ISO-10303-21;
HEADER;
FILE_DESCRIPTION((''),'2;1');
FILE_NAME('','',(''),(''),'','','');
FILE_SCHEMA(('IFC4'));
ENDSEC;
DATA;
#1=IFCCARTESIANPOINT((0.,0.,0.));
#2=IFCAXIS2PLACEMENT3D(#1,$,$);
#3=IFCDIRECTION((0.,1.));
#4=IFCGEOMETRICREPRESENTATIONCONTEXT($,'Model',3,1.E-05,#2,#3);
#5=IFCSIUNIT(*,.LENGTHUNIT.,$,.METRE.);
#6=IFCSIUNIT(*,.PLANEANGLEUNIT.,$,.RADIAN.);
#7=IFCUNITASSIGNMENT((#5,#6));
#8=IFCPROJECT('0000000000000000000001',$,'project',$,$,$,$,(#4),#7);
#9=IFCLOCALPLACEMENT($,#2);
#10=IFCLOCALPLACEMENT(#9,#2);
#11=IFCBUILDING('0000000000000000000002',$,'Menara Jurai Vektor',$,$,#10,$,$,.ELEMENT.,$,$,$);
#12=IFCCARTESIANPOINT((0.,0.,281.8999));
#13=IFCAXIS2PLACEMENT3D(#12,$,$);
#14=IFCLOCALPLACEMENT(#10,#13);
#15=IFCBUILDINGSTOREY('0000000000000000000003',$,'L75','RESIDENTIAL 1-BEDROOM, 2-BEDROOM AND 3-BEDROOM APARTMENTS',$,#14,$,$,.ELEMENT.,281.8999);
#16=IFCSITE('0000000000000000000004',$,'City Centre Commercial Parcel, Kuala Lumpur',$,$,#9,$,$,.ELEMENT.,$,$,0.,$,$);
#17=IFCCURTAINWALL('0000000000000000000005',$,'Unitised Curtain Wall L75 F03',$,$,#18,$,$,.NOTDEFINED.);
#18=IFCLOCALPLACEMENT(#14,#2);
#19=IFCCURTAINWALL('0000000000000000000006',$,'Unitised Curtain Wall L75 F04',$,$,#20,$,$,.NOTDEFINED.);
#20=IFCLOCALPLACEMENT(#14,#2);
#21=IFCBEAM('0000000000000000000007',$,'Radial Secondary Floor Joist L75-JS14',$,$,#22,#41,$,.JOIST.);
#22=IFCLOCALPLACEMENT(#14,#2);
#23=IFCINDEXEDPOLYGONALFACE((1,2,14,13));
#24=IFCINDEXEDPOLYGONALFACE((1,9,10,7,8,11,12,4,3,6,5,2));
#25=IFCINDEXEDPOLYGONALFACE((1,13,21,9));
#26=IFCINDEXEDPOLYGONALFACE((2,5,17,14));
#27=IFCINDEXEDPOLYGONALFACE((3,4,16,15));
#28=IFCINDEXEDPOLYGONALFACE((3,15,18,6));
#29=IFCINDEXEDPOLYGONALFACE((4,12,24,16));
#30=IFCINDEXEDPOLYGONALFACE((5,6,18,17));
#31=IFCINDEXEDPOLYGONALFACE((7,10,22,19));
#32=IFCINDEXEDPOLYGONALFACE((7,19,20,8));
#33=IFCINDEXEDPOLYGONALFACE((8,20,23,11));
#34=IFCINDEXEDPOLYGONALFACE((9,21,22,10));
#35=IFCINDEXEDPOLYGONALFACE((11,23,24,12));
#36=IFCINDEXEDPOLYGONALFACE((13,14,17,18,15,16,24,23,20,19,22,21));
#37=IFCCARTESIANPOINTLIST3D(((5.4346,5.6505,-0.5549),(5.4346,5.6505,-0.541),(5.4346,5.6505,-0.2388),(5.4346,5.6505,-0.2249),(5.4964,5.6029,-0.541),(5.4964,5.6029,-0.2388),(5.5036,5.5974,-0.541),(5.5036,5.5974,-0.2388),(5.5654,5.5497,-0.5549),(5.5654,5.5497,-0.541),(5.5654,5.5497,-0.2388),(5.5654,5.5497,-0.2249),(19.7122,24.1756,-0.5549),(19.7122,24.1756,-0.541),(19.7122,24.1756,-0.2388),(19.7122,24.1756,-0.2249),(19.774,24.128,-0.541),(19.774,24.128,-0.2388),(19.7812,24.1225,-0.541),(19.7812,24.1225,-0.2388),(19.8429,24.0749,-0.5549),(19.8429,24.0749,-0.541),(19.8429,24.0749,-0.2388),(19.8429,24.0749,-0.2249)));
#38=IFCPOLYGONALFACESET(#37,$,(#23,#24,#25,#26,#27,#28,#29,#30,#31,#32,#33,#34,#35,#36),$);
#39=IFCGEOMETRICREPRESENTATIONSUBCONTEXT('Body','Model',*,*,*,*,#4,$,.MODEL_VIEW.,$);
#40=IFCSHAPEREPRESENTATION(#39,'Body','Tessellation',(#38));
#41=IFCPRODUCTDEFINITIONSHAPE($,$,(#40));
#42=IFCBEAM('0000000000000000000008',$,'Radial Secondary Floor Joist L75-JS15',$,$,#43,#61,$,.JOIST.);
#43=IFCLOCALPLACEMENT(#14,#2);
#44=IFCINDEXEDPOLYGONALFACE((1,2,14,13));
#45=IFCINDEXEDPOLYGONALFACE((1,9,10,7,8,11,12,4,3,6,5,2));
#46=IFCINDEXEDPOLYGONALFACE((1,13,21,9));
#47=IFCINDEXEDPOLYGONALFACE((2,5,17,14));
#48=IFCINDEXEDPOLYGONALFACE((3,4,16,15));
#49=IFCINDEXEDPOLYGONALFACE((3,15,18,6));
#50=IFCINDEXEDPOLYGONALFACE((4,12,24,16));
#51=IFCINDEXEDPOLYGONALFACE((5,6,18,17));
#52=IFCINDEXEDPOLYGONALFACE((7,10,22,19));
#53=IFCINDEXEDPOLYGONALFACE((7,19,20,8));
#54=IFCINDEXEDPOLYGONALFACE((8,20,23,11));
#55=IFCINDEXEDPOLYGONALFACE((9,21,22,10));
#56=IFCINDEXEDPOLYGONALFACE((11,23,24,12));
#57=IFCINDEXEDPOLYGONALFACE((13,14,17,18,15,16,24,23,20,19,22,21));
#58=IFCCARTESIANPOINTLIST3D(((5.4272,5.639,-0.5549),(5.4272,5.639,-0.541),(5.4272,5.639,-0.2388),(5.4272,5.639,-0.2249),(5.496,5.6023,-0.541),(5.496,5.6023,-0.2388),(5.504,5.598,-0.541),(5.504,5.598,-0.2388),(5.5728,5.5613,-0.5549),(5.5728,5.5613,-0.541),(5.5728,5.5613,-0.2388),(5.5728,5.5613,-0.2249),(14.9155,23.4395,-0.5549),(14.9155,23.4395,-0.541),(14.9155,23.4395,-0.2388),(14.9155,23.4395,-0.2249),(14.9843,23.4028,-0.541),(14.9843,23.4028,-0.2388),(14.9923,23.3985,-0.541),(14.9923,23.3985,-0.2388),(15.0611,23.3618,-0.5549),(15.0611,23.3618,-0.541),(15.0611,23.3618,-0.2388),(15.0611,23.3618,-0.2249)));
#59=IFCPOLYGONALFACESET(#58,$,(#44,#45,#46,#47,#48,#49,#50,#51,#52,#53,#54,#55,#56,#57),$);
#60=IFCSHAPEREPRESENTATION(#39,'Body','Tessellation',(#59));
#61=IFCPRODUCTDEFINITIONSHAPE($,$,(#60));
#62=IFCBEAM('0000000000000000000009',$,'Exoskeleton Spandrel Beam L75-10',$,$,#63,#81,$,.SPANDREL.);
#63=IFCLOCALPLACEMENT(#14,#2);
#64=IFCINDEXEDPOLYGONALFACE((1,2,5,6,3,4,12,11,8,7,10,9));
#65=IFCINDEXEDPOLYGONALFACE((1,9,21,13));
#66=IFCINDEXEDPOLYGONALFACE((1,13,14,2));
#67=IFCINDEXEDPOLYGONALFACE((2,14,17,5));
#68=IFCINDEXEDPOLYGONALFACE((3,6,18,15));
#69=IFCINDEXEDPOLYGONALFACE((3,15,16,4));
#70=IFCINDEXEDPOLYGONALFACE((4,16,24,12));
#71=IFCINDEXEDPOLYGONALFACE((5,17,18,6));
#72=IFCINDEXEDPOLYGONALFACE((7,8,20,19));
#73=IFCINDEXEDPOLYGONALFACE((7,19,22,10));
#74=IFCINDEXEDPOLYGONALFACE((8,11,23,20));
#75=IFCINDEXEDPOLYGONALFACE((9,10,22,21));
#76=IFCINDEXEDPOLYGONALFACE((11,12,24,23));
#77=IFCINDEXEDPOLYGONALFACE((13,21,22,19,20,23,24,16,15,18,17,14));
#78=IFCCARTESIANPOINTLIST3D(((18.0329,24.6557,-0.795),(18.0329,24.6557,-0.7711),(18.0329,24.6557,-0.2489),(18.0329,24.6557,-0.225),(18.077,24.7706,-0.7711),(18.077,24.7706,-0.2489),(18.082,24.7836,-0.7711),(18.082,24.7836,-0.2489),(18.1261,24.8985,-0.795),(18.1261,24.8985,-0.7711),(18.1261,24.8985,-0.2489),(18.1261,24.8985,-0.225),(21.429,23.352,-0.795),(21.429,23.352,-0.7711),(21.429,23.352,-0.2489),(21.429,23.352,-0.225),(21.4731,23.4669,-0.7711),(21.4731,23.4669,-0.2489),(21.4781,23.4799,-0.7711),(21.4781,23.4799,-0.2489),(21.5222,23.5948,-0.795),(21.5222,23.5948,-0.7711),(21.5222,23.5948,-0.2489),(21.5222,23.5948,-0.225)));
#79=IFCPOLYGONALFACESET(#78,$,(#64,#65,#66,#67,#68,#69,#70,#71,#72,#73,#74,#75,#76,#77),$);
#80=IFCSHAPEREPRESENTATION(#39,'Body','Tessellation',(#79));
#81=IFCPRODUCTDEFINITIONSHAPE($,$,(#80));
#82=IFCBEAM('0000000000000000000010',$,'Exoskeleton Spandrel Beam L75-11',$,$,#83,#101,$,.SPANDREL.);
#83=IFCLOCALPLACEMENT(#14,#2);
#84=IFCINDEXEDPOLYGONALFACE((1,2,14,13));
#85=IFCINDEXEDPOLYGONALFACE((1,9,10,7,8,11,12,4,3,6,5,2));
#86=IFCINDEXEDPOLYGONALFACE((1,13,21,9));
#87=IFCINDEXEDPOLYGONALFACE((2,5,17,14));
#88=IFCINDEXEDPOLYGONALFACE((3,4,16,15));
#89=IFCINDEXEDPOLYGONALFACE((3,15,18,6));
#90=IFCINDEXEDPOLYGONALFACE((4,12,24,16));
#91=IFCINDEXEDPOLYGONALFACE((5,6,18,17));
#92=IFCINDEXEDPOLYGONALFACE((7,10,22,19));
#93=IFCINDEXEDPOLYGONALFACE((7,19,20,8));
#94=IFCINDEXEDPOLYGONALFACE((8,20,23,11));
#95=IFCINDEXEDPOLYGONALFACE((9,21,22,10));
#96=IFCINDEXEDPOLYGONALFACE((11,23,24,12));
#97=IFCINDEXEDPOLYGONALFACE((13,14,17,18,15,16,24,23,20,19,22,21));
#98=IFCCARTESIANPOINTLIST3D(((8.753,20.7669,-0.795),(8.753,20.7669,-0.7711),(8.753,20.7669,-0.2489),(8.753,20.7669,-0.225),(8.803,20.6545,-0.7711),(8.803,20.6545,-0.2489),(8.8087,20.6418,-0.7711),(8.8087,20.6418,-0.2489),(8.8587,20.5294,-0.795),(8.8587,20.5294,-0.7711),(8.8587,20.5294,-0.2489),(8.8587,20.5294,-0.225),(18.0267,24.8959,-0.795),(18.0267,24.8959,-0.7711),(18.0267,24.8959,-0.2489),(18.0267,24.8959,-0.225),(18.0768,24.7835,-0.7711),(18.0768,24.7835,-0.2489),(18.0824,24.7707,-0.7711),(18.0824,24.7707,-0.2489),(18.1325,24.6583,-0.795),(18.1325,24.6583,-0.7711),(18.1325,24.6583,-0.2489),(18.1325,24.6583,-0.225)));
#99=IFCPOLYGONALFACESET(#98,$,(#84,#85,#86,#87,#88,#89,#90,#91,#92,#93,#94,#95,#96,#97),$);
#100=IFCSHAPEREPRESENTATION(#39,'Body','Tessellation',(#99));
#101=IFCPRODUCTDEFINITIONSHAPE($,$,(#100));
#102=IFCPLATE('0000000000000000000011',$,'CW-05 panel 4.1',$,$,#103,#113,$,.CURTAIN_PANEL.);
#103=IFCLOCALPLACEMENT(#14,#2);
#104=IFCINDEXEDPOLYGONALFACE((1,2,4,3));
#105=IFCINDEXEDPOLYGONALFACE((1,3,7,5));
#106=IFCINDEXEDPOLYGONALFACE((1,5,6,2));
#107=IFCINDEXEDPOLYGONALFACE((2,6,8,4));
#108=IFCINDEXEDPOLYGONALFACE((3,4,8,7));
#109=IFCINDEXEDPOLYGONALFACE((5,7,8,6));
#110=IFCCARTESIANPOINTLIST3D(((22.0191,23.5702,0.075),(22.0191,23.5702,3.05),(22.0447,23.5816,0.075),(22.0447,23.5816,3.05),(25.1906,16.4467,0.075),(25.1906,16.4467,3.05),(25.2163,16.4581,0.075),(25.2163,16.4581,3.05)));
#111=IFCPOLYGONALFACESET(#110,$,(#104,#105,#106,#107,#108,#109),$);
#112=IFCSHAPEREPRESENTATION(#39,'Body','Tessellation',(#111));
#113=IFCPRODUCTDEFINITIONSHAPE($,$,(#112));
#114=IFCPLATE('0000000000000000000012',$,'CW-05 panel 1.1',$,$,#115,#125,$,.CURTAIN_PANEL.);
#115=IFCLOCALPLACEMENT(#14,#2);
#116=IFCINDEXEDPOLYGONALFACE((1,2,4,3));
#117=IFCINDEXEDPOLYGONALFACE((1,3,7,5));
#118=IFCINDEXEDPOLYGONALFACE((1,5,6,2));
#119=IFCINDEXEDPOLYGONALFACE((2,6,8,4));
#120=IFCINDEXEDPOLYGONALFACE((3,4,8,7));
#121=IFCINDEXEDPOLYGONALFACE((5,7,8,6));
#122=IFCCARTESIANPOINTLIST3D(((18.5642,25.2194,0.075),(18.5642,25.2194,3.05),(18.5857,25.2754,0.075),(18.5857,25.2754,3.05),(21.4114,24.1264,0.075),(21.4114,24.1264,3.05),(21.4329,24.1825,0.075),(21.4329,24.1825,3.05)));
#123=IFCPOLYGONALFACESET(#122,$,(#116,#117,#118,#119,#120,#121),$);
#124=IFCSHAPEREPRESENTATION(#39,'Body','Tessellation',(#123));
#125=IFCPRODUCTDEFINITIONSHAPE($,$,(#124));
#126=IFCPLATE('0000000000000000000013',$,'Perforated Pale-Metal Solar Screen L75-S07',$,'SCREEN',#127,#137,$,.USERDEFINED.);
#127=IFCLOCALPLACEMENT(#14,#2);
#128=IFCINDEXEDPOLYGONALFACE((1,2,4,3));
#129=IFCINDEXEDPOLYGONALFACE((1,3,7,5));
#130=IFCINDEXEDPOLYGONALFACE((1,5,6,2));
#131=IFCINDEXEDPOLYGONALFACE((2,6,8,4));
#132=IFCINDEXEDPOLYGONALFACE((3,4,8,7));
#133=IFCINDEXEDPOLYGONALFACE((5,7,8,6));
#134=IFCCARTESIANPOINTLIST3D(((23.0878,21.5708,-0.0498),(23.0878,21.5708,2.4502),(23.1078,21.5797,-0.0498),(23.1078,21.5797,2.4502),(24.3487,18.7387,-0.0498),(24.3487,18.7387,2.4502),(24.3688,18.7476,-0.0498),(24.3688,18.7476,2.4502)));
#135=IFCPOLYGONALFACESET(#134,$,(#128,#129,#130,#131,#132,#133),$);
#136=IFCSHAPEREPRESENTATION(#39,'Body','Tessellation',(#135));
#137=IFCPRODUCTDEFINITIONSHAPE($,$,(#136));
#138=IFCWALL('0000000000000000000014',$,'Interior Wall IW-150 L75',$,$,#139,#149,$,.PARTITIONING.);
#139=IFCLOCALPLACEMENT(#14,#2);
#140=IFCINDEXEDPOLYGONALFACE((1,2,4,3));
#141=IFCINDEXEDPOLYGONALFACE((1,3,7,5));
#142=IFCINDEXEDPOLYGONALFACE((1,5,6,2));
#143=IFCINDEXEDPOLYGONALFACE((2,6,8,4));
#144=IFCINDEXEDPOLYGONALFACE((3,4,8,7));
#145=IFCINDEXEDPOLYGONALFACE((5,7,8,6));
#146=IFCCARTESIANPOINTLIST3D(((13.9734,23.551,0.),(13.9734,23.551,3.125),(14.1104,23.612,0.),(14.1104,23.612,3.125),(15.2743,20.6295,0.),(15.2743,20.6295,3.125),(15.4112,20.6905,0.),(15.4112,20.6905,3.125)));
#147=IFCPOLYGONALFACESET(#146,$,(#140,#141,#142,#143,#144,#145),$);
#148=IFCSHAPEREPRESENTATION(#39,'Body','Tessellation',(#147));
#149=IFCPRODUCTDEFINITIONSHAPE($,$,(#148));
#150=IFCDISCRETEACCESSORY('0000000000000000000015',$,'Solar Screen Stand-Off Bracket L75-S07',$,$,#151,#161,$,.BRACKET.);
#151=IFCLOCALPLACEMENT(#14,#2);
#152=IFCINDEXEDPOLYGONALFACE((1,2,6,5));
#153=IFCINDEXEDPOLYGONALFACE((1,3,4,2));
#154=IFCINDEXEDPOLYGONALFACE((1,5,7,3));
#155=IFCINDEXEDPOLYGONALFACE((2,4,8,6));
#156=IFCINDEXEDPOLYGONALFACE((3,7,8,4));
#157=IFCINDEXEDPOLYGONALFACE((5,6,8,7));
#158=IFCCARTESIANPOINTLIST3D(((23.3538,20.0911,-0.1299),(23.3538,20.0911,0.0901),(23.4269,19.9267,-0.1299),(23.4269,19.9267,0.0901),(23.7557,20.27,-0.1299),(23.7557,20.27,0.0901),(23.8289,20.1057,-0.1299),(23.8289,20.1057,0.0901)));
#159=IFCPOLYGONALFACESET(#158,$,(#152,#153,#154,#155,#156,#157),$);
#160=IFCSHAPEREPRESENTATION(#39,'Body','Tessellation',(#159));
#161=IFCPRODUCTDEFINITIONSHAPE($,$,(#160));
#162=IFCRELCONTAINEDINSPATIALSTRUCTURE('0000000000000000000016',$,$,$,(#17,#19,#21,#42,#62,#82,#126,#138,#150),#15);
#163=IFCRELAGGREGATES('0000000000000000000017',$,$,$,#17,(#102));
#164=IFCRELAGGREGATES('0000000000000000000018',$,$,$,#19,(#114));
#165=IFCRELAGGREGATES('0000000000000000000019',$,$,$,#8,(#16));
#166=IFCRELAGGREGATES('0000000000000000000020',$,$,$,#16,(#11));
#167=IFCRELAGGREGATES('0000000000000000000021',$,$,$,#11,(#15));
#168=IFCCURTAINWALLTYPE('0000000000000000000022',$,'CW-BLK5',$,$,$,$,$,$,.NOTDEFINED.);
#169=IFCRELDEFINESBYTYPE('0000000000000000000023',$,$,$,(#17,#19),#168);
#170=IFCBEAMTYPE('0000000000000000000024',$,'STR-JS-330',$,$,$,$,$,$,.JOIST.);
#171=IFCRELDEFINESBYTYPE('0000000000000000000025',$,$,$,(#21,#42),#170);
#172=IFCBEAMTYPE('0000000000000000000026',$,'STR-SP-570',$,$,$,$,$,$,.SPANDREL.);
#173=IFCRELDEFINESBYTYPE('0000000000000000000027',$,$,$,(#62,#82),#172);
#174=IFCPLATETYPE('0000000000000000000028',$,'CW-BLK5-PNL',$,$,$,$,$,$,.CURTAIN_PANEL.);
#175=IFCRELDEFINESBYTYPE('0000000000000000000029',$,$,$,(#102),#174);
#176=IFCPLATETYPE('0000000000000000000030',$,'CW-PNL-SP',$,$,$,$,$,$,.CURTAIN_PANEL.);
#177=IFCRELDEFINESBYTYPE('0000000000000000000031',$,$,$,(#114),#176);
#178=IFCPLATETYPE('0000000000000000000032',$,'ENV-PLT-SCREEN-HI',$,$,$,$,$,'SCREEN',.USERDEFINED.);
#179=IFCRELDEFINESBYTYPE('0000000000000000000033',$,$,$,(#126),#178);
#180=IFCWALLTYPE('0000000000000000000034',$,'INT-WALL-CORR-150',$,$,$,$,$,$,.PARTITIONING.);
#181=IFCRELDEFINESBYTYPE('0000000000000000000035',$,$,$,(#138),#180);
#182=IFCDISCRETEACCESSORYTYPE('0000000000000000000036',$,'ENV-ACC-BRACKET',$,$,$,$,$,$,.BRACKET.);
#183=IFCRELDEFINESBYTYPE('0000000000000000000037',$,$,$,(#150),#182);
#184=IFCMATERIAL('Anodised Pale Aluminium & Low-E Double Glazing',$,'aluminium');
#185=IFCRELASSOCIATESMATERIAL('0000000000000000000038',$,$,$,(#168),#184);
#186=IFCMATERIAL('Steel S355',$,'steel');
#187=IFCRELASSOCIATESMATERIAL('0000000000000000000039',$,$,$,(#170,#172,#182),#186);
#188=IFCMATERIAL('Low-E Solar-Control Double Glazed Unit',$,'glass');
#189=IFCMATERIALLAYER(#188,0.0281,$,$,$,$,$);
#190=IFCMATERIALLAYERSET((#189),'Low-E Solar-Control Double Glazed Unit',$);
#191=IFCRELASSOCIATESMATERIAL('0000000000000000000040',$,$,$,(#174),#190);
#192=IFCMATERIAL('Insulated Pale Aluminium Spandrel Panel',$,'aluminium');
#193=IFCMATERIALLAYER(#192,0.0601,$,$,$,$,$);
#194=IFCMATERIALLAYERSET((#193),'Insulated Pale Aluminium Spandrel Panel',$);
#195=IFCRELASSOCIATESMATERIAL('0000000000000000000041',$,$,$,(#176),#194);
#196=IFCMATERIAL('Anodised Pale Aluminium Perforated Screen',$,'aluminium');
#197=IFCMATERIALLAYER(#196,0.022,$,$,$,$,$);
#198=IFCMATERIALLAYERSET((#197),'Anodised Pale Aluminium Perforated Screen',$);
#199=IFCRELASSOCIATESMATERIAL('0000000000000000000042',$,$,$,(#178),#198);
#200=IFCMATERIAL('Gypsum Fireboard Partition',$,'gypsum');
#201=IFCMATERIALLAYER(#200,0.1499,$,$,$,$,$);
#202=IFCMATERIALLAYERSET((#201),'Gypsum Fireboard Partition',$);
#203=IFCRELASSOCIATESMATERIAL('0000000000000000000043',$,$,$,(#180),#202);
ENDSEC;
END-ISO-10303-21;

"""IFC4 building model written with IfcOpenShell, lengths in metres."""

from ifc_helpers import new_model, si_unit, direction, frame, frame_2d, origin, origin_2d, place, context, subcontext, project, spatial, rectangle, i_section, extrude, material, layer, layer_set, material_profile, profile_set, type_object, element, aggregate, save


model = new_model("IFC4")

# Units and contexts
model_context = context("Model", 3, precision=1e-05, world=origin(), true_north=direction((0.0, 1.0)))
body_context = subcontext(model_context, "Body", "Model", "MODEL_VIEW")
ifc_project = project(units=[si_unit("LENGTHUNIT", "METRE"), si_unit("PLANEANGLEUNIT", "RADIAN")], contexts=[model_context])

# Site, building, storey
site_placement = place(None, origin())
site = spatial("IfcSite", under=ifc_project, at=site_placement, Name="City Centre Commercial Parcel, Kuala Lumpur", CompositionType="ELEMENT", RefElevation=0.0)
building_placement = place(site_placement, origin())
building = spatial("IfcBuilding", under=site, at=building_placement, Name="Menara Jurai Vektor", CompositionType="ELEMENT")
storey_placement = place(building_placement, frame((0.0, 0.0, 281.8999)))
storey = spatial("IfcBuildingStorey", under=building, at=storey_placement, Name="L75", Description="RESIDENTIAL 1-BEDROOM, 2-BEDROOM AND 3-BEDROOM APARTMENTS", CompositionType="ELEMENT", Elevation=281.8999)

# Curtain walls
ifc_material_1 = material(Name="Anodised Pale Aluminium & Low-E Double Glazing", Category="aluminium")
curtain_wall_type = type_object("IfcCurtainWallType", Name="CW-BLK5", PredefinedType="NOTDEFINED", material=ifc_material_1)
curtain_wall_1_placement = place(storey_placement, origin())
curtain_wall_1 = element("IfcCurtainWall", 1, at=curtain_wall_1_placement, inside=storey, type_object=curtain_wall_type, Name="Unitised Curtain Wall L75 F03", PredefinedType="NOTDEFINED")
curtain_wall_2_placement = place(storey_placement, origin())
curtain_wall_2 = element("IfcCurtainWall", 2, at=curtain_wall_2_placement, inside=storey, type_object=curtain_wall_type, Name="Unitised Curtain Wall L75 F04", PredefinedType="NOTDEFINED")

# Shared definitions
ifc_material_2 = material(Name="Steel S355", Category="steel")

# Beams
ifc_material_profile_1 = material_profile(ifc_material_2, i_section(OverallWidth=0.165, OverallDepth=0.3301, WebThickness=0.009, FlangeThickness=0.0139, at=origin_2d()), Name="PG 330x165x46")
ifc_profile_set_1 = profile_set([ifc_material_profile_1], Name="Steel S355")
beam_type_1 = type_object("IfcBeamType", Name="STR-JS-330", PredefinedType="JOIST", material=ifc_profile_set_1)
beam_1_placement = place(storey_placement, frame((19.7776, 24.1252, -0.3899), z_axis=(-0.610449, -0.792056, 0.0), x_axis=(0.792056, -0.610449, 0.0)))
element("IfcBeam", 3, at=beam_1_placement, inside=storey, type_object=beam_type_1, Name="Radial Secondary Floor Joist L75-JS14", PredefinedType="JOIST", context=body_context, shape_type="SweptSolid", body=[
    extrude(i_section(OverallWidth=0.165, OverallDepth=0.3301, WebThickness=0.009, FlangeThickness=0.0139, at=origin_2d()), origin(), (0.0, 0.0, 1.0), 23.3887),
])
beam_2_placement = place(storey_placement, frame((14.9883, 23.4006, -0.3899), z_axis=(-0.470382, -0.882463, 0.0), x_axis=(0.882463, -0.470382, 0.0)))
element("IfcBeam", 4, at=beam_2_placement, inside=storey, type_object=beam_type_1, Name="Radial Secondary Floor Joist L75-JS15", PredefinedType="JOIST", context=body_context, shape_type="SweptSolid", body=[
    extrude(i_section(OverallWidth=0.165, OverallDepth=0.3301, WebThickness=0.009, FlangeThickness=0.0139, at=origin_2d()), origin(), (0.0, 0.0, 1.0), 20.1714),
])
ifc_material_profile_2 = material_profile(ifc_material_2, i_section(OverallWidth=0.26, OverallDepth=0.5701, WebThickness=0.0139, FlangeThickness=0.0239, at=origin_2d()), Name="PG 570x260x145")
ifc_profile_set_2 = profile_set([ifc_material_profile_2], Name="Steel S355")
beam_type_2 = type_object("IfcBeamType", Name="STR-SP-570", PredefinedType="SPANDREL", material=ifc_profile_set_2)
beam_3_placement = place(storey_placement, frame((21.4756, 23.4734, -0.51), z_axis=(-0.93357, 0.358394, 0.0), x_axis=(-0.358394, -0.93357, 0.0)))
element("IfcBeam", 5, at=beam_3_placement, inside=storey, type_object=beam_type_2, Name="Exoskeleton Spandrel Beam L75-10", PredefinedType="SPANDREL", context=body_context, shape_type="SweptSolid", body=[
    extrude(i_section(OverallWidth=0.26, OverallDepth=0.5701, WebThickness=0.0139, FlangeThickness=0.0239, at=origin_2d()), origin(), (0.0, 0.0, 1.0), 3.6377),
])
beam_4_placement = place(storey_placement, frame((18.0796, 24.7771, -0.51), z_axis=(-0.913546, -0.406736, 0.0), x_axis=(0.406736, -0.913546, 0.0)))
element("IfcBeam", 6, at=beam_4_placement, inside=storey, type_object=beam_type_2, Name="Exoskeleton Spandrel Beam L75-11", PredefinedType="SPANDREL", context=body_context, shape_type="SweptSolid", body=[
    extrude(i_section(OverallWidth=0.26, OverallDepth=0.5701, WebThickness=0.0139, FlangeThickness=0.0239, at=origin_2d()), origin(), (0.0, 0.0, 1.0), 10.1514),
])

# Plates
ifc_material_3 = material(Name="Low-E Solar-Control Double Glazed Unit", Category="glass")
ifc_layer_1 = layer(ifc_material_3, 0.0281)
ifc_layer_set_1 = layer_set([ifc_layer_1], Name="Low-E Solar-Control Double Glazed Unit")
plate_type_1 = type_object("IfcPlateType", Name="CW-BLK5-PNL", PredefinedType="CURTAIN_PANEL", material=ifc_layer_set_1)
plate_1_placement = place(storey_placement, frame((23.6177, 20.0142, 0.075), z_axis=(0.0, 0.0, 1.0), x_axis=(-0.406735, 0.913546, 0.0)))
plate_1 = element("IfcPlate", 7, at=plate_1_placement, type_object=plate_type_1, Name="CW-05 panel 4.1", PredefinedType="CURTAIN_PANEL", context=body_context, shape_type="SweptSolid", body=[
    extrude(rectangle(XDim=7.7976, YDim=0.0281, at=origin_2d()), origin(), (0.0, 0.0, 1.0), 2.9751),
])
aggregate(curtain_wall_1, [plate_1])
ifc_material_4 = material(Name="Insulated Pale Aluminium Spandrel Panel", Category="aluminium")
ifc_layer_2 = layer(ifc_material_4, 0.0601)
ifc_layer_set_2 = layer_set([ifc_layer_2], Name="Insulated Pale Aluminium Spandrel Panel")
plate_type_2 = type_object("IfcPlateType", Name="CW-PNL-SP", PredefinedType="CURTAIN_PANEL", material=ifc_layer_set_2)
plate_2_placement = place(storey_placement, frame((19.9985, 24.7009, 0.075), z_axis=(0.0, 0.0, 1.0), x_axis=(-0.933578, 0.358374, 0.0)))
plate_2 = element("IfcPlate", 8, at=plate_2_placement, type_object=plate_type_2, Name="CW-05 panel 1.1", PredefinedType="CURTAIN_PANEL", context=body_context, shape_type="SweptSolid", body=[
    extrude(rectangle(XDim=3.0498, YDim=0.0601, at=origin_2d()), origin(), (0.0, 0.0, 1.0), 2.9751),
])
aggregate(curtain_wall_2, [plate_2])
ifc_material_5 = material(Name="Anodised Pale Aluminium Perforated Screen", Category="aluminium")
ifc_layer_3 = layer(ifc_material_5, 0.022)
ifc_layer_set_3 = layer_set([ifc_layer_3], Name="Anodised Pale Aluminium Perforated Screen")
plate_type_3 = type_object("IfcPlateType", Name="ENV-PLT-SCREEN-HI", ElementType="SCREEN", PredefinedType="USERDEFINED", material=ifc_layer_set_3)
plate_3_placement = place(storey_placement, frame((23.7283, 20.1592, -0.0498), z_axis=(0.0, 0.0, 1.0), x_axis=(-0.406737, 0.913545, 0.0)))
element("IfcPlate", 9, at=plate_3_placement, inside=storey, type_object=plate_type_3, Name="Perforated Pale-Metal Solar Screen L75-S07", ObjectType="SCREEN", PredefinedType="USERDEFINED", context=body_context, shape_type="SweptSolid", body=[
    extrude(rectangle(XDim=3.1001, YDim=0.022, at=origin_2d()), origin(), (0.0, 0.0, 1.0), 2.5),
])

# Shared definitions
ifc_material_6 = material(Name="Gypsum Fireboard Partition", Category="gypsum")
ifc_layer_4 = layer(ifc_material_6, 0.1499)
ifc_layer_set_4 = layer_set([ifc_layer_4], Name="Gypsum Fireboard Partition")
wall_type = type_object("IfcWallType", Name="INT-WALL-CORR-150", PredefinedType="PARTITIONING", material=ifc_layer_set_4)

# Wall
wall_1_placement = place(storey_placement, frame((15.3428, 20.6599, 0.0), z_axis=(0.0, 0.0, 1.0), x_axis=(-0.406762, 0.913534, 0.0)))
element("IfcWall", 10, at=wall_1_placement, inside=storey, type_object=wall_type, Name="Interior Wall IW-150 L75", PredefinedType="PARTITIONING", context=body_context, shape_type="SweptSolid", body=[
    extrude(rectangle(XDim=3.198, YDim=0.1499, at=frame_2d((1.5991, 0.0))), origin(), (0.0, 0.0, 1.0), 3.125),
])

# Discrete accessory
discrete_accessory_type = type_object("IfcDiscreteAccessoryType", Name="ENV-ACC-BRACKET", PredefinedType="BRACKET", material=ifc_material_2)
discrete_accessory_placement = place(storey_placement, frame((23.5913, 20.0984, -0.1299), z_axis=(0.0, 0.0, 1.0), x_axis=(-0.406737, 0.913545, 0.0)))
element("IfcDiscreteAccessory", 11, at=discrete_accessory_placement, inside=storey, type_object=discrete_accessory_type, Name="Solar Screen Stand-Off Bracket L75-S07", PredefinedType="BRACKET", context=body_context, shape_type="SweptSolid", body=[
    extrude(rectangle(XDim=0.1799, YDim=0.4399, at=origin_2d()), origin(), (0.0, 0.0, 1.0), 0.22),
])

save(model, "model.ifc")
